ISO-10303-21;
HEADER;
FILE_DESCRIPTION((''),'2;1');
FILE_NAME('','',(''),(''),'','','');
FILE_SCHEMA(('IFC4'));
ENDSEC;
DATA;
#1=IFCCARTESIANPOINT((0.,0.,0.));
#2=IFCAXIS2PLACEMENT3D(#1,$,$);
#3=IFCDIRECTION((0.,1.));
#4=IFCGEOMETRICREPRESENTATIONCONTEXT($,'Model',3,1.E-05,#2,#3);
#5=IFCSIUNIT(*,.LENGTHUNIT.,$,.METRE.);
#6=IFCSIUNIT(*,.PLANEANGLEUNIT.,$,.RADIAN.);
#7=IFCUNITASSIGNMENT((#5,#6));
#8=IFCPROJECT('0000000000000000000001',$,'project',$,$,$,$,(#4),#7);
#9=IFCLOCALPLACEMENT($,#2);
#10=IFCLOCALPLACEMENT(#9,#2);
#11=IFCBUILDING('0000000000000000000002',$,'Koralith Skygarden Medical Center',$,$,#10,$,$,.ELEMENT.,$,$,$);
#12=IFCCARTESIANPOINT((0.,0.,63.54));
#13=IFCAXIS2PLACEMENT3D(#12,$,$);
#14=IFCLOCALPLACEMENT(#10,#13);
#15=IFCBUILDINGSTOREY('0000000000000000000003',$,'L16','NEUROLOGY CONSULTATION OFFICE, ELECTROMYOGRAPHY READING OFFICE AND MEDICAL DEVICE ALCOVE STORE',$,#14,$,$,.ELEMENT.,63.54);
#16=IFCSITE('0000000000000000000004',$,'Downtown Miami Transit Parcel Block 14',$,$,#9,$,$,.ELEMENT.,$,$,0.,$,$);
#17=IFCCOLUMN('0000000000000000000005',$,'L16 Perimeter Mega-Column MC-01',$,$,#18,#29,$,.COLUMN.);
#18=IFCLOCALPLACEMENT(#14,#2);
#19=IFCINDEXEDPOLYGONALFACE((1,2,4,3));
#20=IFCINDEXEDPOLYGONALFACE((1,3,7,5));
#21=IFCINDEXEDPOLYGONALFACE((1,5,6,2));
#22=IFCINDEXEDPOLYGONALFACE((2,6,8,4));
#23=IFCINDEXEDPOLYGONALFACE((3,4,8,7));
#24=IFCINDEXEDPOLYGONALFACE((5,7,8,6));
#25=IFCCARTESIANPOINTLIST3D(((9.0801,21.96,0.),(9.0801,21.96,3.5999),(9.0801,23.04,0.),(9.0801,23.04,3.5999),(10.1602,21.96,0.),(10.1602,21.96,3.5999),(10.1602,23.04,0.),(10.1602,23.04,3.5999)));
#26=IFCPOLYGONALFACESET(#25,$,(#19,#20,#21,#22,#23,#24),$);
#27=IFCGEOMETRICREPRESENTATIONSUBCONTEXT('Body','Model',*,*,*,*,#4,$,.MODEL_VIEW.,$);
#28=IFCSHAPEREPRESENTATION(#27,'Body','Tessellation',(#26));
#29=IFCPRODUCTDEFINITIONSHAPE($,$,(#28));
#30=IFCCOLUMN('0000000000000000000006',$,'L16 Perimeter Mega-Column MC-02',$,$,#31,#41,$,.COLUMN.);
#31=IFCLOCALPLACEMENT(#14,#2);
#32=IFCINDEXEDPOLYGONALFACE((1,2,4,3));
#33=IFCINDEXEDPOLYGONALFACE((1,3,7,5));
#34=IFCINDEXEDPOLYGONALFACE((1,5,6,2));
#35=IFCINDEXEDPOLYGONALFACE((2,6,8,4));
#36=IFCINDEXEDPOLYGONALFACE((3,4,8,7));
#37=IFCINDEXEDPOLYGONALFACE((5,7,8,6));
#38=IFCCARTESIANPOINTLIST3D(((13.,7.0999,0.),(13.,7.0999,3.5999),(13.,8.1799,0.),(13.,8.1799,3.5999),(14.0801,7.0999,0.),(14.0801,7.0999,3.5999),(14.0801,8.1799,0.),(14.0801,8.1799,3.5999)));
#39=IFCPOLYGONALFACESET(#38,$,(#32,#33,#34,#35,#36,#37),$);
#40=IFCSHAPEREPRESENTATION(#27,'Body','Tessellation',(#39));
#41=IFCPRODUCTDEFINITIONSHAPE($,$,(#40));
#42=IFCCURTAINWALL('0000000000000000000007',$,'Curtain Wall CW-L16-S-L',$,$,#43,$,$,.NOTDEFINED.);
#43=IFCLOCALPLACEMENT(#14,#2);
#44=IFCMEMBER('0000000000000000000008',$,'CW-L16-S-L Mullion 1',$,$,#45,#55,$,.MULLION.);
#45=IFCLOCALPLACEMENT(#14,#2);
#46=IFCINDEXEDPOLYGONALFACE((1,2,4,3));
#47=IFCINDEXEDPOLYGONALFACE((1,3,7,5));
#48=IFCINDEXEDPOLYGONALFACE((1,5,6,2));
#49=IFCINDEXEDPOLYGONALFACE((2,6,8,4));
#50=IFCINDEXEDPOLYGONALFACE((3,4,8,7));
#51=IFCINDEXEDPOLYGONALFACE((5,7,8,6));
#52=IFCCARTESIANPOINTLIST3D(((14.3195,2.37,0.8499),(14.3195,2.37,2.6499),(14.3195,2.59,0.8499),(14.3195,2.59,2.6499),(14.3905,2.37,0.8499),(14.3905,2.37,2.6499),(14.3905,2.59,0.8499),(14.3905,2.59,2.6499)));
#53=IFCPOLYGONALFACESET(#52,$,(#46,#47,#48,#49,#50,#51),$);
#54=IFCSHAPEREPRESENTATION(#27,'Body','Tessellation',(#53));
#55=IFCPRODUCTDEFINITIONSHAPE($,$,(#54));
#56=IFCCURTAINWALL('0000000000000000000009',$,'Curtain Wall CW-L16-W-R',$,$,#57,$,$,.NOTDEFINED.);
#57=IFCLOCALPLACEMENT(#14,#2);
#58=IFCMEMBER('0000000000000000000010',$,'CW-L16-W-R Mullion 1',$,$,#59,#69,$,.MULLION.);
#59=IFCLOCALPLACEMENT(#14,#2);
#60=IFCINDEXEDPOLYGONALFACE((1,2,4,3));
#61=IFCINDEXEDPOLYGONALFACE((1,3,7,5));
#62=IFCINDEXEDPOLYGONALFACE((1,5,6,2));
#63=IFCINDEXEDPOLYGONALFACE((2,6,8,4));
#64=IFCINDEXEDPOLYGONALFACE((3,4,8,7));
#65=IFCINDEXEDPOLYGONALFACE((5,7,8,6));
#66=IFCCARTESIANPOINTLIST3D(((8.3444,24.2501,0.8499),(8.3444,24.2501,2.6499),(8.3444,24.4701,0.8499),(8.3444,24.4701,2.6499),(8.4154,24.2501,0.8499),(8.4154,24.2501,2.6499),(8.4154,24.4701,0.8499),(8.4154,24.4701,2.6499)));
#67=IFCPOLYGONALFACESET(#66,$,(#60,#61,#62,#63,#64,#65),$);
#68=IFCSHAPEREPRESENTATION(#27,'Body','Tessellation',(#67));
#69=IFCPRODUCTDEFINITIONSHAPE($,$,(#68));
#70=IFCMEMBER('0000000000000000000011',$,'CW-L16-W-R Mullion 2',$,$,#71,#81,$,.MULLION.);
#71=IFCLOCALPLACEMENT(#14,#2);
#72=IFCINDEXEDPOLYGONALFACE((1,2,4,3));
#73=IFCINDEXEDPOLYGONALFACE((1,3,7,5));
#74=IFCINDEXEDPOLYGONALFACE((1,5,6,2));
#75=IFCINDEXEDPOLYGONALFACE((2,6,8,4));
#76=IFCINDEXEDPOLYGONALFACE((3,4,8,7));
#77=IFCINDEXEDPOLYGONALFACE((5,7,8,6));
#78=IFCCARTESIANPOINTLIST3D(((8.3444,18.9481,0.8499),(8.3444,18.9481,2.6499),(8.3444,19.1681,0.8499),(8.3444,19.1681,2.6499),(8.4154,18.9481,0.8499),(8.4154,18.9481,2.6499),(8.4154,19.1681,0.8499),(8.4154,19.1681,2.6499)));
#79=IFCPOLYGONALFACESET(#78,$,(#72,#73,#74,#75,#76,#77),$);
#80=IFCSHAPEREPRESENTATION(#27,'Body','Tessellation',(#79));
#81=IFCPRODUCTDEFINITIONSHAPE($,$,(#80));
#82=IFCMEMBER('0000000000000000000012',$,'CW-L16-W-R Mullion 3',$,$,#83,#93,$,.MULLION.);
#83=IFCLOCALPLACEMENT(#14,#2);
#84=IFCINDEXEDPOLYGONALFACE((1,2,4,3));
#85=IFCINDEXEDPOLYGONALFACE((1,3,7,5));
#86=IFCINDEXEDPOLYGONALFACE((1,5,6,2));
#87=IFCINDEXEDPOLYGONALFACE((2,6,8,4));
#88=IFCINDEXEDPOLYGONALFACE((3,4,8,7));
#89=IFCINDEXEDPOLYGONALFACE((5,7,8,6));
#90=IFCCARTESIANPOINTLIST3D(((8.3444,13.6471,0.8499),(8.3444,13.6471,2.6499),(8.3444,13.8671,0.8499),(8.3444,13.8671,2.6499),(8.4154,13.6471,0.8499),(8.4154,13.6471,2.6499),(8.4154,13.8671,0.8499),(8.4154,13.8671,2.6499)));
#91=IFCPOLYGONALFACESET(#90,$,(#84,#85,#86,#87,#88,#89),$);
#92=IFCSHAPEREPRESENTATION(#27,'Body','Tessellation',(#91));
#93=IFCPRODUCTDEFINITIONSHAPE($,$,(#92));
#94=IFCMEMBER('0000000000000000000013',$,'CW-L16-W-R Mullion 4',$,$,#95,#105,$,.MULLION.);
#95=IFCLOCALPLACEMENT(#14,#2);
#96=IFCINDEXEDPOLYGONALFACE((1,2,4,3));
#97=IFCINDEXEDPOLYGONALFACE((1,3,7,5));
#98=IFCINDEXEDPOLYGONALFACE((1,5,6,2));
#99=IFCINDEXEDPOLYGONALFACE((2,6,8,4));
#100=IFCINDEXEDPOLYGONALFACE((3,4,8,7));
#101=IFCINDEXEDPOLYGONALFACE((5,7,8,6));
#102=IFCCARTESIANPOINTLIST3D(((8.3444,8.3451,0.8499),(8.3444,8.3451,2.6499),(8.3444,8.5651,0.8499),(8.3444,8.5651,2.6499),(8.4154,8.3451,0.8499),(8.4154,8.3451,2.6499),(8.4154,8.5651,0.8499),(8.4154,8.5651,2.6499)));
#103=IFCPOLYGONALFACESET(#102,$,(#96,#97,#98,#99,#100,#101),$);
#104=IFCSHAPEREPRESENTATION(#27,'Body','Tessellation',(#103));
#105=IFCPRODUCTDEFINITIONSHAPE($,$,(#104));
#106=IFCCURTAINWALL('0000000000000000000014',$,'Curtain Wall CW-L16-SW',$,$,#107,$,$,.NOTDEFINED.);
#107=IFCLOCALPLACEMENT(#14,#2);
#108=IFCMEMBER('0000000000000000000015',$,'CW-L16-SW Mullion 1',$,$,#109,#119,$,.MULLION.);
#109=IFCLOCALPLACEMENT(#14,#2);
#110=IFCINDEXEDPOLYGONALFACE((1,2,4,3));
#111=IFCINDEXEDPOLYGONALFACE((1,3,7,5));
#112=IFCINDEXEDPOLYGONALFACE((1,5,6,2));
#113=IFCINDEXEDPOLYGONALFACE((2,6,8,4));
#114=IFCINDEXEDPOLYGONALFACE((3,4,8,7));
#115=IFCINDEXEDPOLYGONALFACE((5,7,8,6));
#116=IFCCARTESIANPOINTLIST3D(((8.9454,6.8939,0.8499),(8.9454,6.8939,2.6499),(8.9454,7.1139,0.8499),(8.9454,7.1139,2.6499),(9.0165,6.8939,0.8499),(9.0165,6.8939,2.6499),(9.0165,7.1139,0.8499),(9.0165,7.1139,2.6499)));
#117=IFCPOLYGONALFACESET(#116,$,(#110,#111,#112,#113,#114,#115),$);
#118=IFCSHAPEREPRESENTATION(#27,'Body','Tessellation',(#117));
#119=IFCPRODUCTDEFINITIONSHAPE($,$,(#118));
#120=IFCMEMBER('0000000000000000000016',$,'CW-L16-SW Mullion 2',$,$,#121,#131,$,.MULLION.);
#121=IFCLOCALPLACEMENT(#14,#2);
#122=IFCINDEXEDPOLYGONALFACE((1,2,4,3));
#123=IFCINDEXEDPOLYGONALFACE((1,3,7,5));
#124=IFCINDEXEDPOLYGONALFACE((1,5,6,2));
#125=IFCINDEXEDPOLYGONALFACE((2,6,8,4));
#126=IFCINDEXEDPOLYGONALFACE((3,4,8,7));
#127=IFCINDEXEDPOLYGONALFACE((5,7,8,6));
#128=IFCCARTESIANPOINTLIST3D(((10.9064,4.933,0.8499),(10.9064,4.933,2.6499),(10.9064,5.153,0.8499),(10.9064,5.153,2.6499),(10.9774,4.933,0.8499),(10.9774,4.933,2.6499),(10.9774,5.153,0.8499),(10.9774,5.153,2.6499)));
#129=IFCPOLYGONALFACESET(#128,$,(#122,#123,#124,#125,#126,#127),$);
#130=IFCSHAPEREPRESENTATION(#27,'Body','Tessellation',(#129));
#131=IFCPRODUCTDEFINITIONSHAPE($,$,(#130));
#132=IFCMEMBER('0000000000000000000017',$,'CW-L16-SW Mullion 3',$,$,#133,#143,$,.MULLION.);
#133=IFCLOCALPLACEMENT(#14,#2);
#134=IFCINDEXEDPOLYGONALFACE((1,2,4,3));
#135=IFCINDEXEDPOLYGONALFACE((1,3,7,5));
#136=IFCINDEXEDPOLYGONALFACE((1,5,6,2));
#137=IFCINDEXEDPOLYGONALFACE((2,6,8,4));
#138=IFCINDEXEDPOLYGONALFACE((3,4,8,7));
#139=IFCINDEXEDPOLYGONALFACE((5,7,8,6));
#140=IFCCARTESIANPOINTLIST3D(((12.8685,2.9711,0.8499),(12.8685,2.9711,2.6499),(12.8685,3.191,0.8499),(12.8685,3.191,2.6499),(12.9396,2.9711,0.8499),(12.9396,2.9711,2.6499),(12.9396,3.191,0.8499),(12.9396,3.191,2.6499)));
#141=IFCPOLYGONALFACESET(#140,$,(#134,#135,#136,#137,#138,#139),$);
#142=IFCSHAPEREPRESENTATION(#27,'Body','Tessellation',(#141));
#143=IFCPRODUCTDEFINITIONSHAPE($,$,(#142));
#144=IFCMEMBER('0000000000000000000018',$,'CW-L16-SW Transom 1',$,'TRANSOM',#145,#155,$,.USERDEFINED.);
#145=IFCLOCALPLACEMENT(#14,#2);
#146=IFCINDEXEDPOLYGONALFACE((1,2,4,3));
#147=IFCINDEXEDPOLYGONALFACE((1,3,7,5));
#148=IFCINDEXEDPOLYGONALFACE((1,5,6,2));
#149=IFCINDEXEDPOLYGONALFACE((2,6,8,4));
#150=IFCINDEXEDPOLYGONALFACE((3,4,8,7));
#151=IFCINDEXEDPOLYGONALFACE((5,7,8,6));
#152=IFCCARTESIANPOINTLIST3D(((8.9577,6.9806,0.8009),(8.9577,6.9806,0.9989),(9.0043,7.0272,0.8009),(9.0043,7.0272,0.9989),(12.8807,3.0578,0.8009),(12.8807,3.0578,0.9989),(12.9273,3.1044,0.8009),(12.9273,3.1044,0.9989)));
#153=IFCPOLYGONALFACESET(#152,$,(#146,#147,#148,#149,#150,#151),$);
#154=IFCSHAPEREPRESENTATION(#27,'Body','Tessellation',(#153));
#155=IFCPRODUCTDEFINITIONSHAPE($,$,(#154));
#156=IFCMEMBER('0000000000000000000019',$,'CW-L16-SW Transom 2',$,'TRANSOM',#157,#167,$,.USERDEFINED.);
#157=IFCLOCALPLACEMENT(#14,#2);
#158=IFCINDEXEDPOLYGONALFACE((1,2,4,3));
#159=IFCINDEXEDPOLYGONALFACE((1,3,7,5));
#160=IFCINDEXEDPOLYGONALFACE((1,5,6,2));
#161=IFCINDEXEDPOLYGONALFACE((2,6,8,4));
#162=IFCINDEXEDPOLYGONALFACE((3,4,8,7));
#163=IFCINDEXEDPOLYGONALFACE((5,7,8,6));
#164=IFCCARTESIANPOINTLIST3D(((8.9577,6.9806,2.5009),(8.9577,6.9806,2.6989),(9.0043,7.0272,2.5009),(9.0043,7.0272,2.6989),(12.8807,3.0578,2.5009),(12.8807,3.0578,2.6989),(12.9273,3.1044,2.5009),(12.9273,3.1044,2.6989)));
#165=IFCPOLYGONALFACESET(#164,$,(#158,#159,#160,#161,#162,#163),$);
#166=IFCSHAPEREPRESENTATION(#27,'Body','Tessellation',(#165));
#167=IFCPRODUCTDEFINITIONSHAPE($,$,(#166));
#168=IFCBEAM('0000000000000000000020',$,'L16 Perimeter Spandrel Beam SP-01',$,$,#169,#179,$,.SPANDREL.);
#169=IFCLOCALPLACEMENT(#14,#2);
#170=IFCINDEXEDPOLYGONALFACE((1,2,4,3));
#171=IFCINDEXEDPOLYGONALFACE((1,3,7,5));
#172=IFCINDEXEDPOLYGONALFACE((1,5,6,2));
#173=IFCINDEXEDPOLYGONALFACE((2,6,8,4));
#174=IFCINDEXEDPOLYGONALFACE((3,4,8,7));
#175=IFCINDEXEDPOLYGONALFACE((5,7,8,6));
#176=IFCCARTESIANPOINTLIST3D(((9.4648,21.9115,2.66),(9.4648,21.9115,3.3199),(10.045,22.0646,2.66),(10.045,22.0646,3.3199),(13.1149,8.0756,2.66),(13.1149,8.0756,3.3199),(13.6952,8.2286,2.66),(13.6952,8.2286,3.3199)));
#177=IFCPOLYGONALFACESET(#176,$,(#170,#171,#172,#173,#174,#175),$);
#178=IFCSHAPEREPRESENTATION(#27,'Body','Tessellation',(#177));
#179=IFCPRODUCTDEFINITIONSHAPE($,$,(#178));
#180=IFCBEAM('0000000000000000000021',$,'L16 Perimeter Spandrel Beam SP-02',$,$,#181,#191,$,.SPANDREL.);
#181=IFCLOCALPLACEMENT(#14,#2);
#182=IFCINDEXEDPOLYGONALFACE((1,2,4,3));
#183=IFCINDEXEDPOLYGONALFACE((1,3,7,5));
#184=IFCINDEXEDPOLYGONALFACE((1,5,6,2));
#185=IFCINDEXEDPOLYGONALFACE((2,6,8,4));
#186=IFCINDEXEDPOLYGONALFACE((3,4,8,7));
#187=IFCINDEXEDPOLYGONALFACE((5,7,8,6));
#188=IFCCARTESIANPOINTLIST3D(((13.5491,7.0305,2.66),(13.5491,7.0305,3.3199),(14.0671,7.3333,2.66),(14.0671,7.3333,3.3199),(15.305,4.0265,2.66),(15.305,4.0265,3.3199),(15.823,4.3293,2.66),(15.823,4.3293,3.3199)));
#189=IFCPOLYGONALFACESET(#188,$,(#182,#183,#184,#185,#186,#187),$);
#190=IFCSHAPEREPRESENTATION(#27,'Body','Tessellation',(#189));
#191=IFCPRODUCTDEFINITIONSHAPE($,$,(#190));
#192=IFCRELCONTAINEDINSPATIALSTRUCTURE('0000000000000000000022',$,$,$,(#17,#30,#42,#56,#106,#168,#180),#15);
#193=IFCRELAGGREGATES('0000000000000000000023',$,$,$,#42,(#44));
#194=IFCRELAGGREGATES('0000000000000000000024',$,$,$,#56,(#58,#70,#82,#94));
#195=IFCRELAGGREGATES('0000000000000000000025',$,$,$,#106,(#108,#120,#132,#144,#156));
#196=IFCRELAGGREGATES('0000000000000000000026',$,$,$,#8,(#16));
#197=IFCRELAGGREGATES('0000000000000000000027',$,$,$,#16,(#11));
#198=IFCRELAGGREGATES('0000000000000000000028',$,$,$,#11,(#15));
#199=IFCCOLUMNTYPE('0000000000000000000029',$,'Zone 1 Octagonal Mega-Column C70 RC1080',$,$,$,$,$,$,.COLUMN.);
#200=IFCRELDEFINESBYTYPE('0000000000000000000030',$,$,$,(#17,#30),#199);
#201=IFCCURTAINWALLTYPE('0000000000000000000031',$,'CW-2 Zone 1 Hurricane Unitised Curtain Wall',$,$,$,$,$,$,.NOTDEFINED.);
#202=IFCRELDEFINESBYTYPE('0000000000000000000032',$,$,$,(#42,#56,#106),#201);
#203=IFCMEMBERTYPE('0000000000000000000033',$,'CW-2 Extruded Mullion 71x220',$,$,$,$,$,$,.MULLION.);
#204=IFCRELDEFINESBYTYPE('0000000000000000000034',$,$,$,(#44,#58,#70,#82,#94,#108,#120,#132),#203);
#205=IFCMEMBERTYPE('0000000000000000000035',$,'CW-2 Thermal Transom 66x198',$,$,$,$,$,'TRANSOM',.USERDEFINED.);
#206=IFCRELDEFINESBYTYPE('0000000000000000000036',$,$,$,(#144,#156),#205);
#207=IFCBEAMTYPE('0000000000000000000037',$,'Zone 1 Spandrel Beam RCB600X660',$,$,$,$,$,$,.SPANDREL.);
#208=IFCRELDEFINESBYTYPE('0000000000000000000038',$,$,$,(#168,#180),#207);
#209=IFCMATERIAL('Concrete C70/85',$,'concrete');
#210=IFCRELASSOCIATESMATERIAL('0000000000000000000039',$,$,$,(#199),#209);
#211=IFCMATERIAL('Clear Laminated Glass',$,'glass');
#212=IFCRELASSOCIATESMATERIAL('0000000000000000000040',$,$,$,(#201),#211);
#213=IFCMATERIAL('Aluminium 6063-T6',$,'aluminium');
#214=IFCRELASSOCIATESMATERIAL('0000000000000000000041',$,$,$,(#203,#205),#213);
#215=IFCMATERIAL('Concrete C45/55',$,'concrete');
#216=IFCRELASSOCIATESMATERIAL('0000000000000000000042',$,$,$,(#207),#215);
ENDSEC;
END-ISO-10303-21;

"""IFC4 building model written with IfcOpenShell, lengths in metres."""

from ifc_helpers import new_model, si_unit, direction, frame, origin, origin_2d, place, context, subcontext, project, spatial, rectangle, extrude, material, material_profile, profile_set, type_object, element, aggregate, save


model = new_model("IFC4")

# Units and contexts
model_context = context("Model", 3, precision=1e-05, world=origin(), true_north=direction((0.0, 1.0)))
body_context = subcontext(model_context, "Body", "Model", "MODEL_VIEW")
ifc_project = project(units=[si_unit("LENGTHUNIT", "METRE"), si_unit("PLANEANGLEUNIT", "RADIAN")], contexts=[model_context])

# Site, building, storey
site_placement = place(None, origin())
site = spatial("IfcSite", under=ifc_project, at=site_placement, Name="Downtown Miami Transit Parcel Block 14", CompositionType="ELEMENT", RefElevation=0.0)
building_placement = place(site_placement, origin())
building = spatial("IfcBuilding", under=site, at=building_placement, Name="Koralith Skygarden Medical Center", CompositionType="ELEMENT")
storey_placement = place(building_placement, frame((0.0, 0.0, 63.54)))
storey = spatial("IfcBuildingStorey", under=building, at=storey_placement, Name="L16", Description="NEUROLOGY CONSULTATION OFFICE, ELECTROMYOGRAPHY READING OFFICE AND MEDICAL DEVICE ALCOVE STORE", CompositionType="ELEMENT", Elevation=63.54)

# Columns
ifc_material_1 = material(Name="Concrete C70/85", Category="concrete")
ifc_material_profile_1 = material_profile(ifc_material_1, rectangle(XDim=1.0801, YDim=1.0801, at=origin_2d()), Name="RC1080X1080")
ifc_profile_set_1 = profile_set([ifc_material_profile_1], Name="Concrete C70/85")
column_type = type_object("IfcColumnType", Name="Zone 1 Octagonal Mega-Column C70 RC1080", PredefinedType="COLUMN", material=ifc_profile_set_1)
for number, where, z_axis, x_axis, name in (
    (1, (9.6201, 22.5, 0.0), (0.0, 0.0, 1.0), (1.0, 0.0, 0.0), "L16 Perimeter Mega-Column MC-01"),
    (2, (13.54, 7.6399, 0.0), (0.0, 0.0, 1.0), (1.0, 0.0, 0.0), "L16 Perimeter Mega-Column MC-02"),
):
    element("IfcColumn", number, at=place(storey_placement, frame(where, z_axis=z_axis, x_axis=x_axis)), inside=storey, type_object=column_type, Name=name, PredefinedType="COLUMN", context=body_context, shape_type="SweptSolid", body=[
        extrude(rectangle(XDim=1.0801, YDim=1.0801, at=origin_2d()), origin(), (0.0, 0.0, 1.0), 3.5999),
    ])

# Curtain wall, member
ifc_material_2 = material(Name="Clear Laminated Glass", Category="glass")
curtain_wall_type = type_object("IfcCurtainWallType", Name="CW-2 Zone 1 Hurricane Unitised Curtain Wall", PredefinedType="NOTDEFINED", material=ifc_material_2)
curtain_wall_1_placement = place(storey_placement, origin())
curtain_wall_1 = element("IfcCurtainWall", 3, at=curtain_wall_1_placement, inside=storey, type_object=curtain_wall_type, Name="Curtain Wall CW-L16-S-L", PredefinedType="NOTDEFINED")
ifc_material_3 = material(Name="Aluminium 6063-T6", Category="aluminium")
ifc_material_profile_2 = material_profile(ifc_material_3, rectangle(XDim=0.071, YDim=0.22, at=origin_2d()), Name="MUL71X220")
ifc_profile_set_2 = profile_set([ifc_material_profile_2], Name="Aluminium 6063-T6")
member_type_1 = type_object("IfcMemberType", Name="CW-2 Extruded Mullion 71x220", PredefinedType="MULLION", material=ifc_profile_set_2)
member_1_placement = place(storey_placement, frame((14.355, 2.48, 0.8499), z_axis=(0.0, 0.0, 1.0), x_axis=(1.0, 0.0, 0.0)))
member_1 = element("IfcMember", 4, at=member_1_placement, type_object=member_type_1, Name="CW-L16-S-L Mullion 1", PredefinedType="MULLION", context=body_context, shape_type="SweptSolid", body=[
    extrude(rectangle(XDim=0.071, YDim=0.22, at=origin_2d()), origin(), (0.0, 0.0, 1.0), 1.8),
])
aggregate(curtain_wall_1, [member_1])

# Curtain walls, members
curtain_wall_2_placement = place(storey_placement, origin())
curtain_wall_2 = element("IfcCurtainWall", 5, at=curtain_wall_2_placement, inside=storey, type_object=curtain_wall_type, Name="Curtain Wall CW-L16-W-R", PredefinedType="NOTDEFINED")
member_2_placement = place(storey_placement, frame((8.3799, 24.3601, 0.8499), z_axis=(0.0, 0.0, 1.0), x_axis=(1.0, 0.0, 0.0)))
member_2 = element("IfcMember", 6, at=member_2_placement, type_object=member_type_1, Name="CW-L16-W-R Mullion 1", PredefinedType="MULLION", context=body_context, shape_type="SweptSolid", body=[
    extrude(rectangle(XDim=0.071, YDim=0.22, at=origin_2d()), origin(), (0.0, 0.0, 1.0), 1.8),
])
member_3_placement = place(storey_placement, frame((8.3799, 19.0581, 0.8499), z_axis=(0.0, 0.0, 1.0), x_axis=(1.0, 0.0, 0.0)))
member_3 = element("IfcMember", 7, at=member_3_placement, type_object=member_type_1, Name="CW-L16-W-R Mullion 2", PredefinedType="MULLION", context=body_context, shape_type="SweptSolid", body=[
    extrude(rectangle(XDim=0.071, YDim=0.22, at=origin_2d()), origin(), (0.0, 0.0, 1.0), 1.8),
])
member_4_placement = place(storey_placement, frame((8.3799, 13.7571, 0.8499), z_axis=(0.0, 0.0, 1.0), x_axis=(1.0, 0.0, 0.0)))
member_4 = element("IfcMember", 8, at=member_4_placement, type_object=member_type_1, Name="CW-L16-W-R Mullion 3", PredefinedType="MULLION", context=body_context, shape_type="SweptSolid", body=[
    extrude(rectangle(XDim=0.071, YDim=0.22, at=origin_2d()), origin(), (0.0, 0.0, 1.0), 1.8),
])
member_5_placement = place(storey_placement, frame((8.3799, 8.4551, 0.8499), z_axis=(0.0, 0.0, 1.0), x_axis=(1.0, 0.0, 0.0)))
member_5 = element("IfcMember", 9, at=member_5_placement, type_object=member_type_1, Name="CW-L16-W-R Mullion 4", PredefinedType="MULLION", context=body_context, shape_type="SweptSolid", body=[
    extrude(rectangle(XDim=0.071, YDim=0.22, at=origin_2d()), origin(), (0.0, 0.0, 1.0), 1.8),
])
curtain_wall_3_placement = place(storey_placement, origin())
curtain_wall_3 = element("IfcCurtainWall", 10, at=curtain_wall_3_placement, inside=storey, type_object=curtain_wall_type, Name="Curtain Wall CW-L16-SW", PredefinedType="NOTDEFINED")
member_6_placement = place(storey_placement, frame((8.981, 7.0039, 0.8499), z_axis=(0.0, 0.0, 1.0), x_axis=(1.0, 0.0, 0.0)))
member_6 = element("IfcMember", 11, at=member_6_placement, type_object=member_type_1, Name="CW-L16-SW Mullion 1", PredefinedType="MULLION", context=body_context, shape_type="SweptSolid", body=[
    extrude(rectangle(XDim=0.071, YDim=0.22, at=origin_2d()), origin(), (0.0, 0.0, 1.0), 1.8),
])
member_7_placement = place(storey_placement, frame((10.9419, 5.043, 0.8499), z_axis=(0.0, 0.0, 1.0), x_axis=(1.0, 0.0, 0.0)))
member_7 = element("IfcMember", 12, at=member_7_placement, type_object=member_type_1, Name="CW-L16-SW Mullion 2", PredefinedType="MULLION", context=body_context, shape_type="SweptSolid", body=[
    extrude(rectangle(XDim=0.071, YDim=0.22, at=origin_2d()), origin(), (0.0, 0.0, 1.0), 1.8),
])
member_8_placement = place(storey_placement, frame((12.9041, 3.0811, 0.8499), z_axis=(0.0, 0.0, 1.0), x_axis=(1.0, 0.0, 0.0)))
member_8 = element("IfcMember", 13, at=member_8_placement, type_object=member_type_1, Name="CW-L16-SW Mullion 3", PredefinedType="MULLION", context=body_context, shape_type="SweptSolid", body=[
    extrude(rectangle(XDim=0.071, YDim=0.22, at=origin_2d()), origin(), (0.0, 0.0, 1.0), 1.8),
])
ifc_material_profile_3 = material_profile(ifc_material_3, rectangle(XDim=0.0659, YDim=0.198, at=origin_2d()), Name="TRN66X198")
ifc_profile_set_3 = profile_set([ifc_material_profile_3], Name="Aluminium 6063-T6")
member_type_2 = type_object("IfcMemberType", Name="CW-2 Thermal Transom 66x198", ElementType="TRANSOM", PredefinedType="USERDEFINED", material=ifc_profile_set_3)
member_9_placement = place(storey_placement, frame((8.981, 7.0039, 0.8999), z_axis=(0.707129, -0.707085, 0.0), x_axis=(0.707085, 0.707129, 0.0)))
member_9 = element("IfcMember", 14, at=member_9_placement, type_object=member_type_2, Name="CW-L16-SW Transom 1", ObjectType="TRANSOM", PredefinedType="USERDEFINED", context=body_context, shape_type="SweptSolid", body=[
    extrude(rectangle(XDim=0.0659, YDim=0.198, at=origin_2d()), origin(), (0.0, 0.0, 1.0), 5.5479),
])
member_10_placement = place(storey_placement, frame((8.981, 7.0039, 2.5999), z_axis=(0.707129, -0.707085, 0.0), x_axis=(0.707085, 0.707129, 0.0)))
member_10 = element("IfcMember", 15, at=member_10_placement, type_object=member_type_2, Name="CW-L16-SW Transom 2", ObjectType="TRANSOM", PredefinedType="USERDEFINED", context=body_context, shape_type="SweptSolid", body=[
    extrude(rectangle(XDim=0.0659, YDim=0.198, at=origin_2d()), origin(), (0.0, 0.0, 1.0), 5.5479),
])

# Beams
ifc_material_4 = material(Name="Concrete C45/55", Category="concrete")
ifc_material_profile_4 = material_profile(ifc_material_4, rectangle(XDim=0.6001, YDim=0.6599, at=origin_2d()), Name="RCB600X660")
ifc_profile_set_4 = profile_set([ifc_material_profile_4], Name="Concrete C45/55")
beam_type = type_object("IfcBeamType", Name="Zone 1 Spandrel Beam RCB600X660", PredefinedType="SPANDREL", material=ifc_profile_set_4)
beam_1_placement = place(storey_placement, frame((9.7549, 21.988, 2.99), z_axis=(0.255089, -0.966918, 0.0), x_axis=(0.966918, 0.255089, 0.0)))
element("IfcBeam", 16, at=beam_1_placement, inside=storey, type_object=beam_type, Name="L16 Perimeter Spandrel Beam SP-01", PredefinedType="SPANDREL", context=body_context, shape_type="SweptSolid", body=[
    extrude(rectangle(XDim=0.6001, YDim=0.6599, at=origin_2d()), origin(), (0.0, 0.0, 1.0), 14.3093),
])
beam_2_placement = place(storey_placement, frame((13.8081, 7.1819, 2.99), z_axis=(0.504639, -0.863331, 0.0), x_axis=(0.863331, 0.504639, 0.0)))
element("IfcBeam", 17, at=beam_2_placement, inside=storey, type_object=beam_type, Name="L16 Perimeter Spandrel Beam SP-02", PredefinedType="SPANDREL", context=body_context, shape_type="SweptSolid", body=[
    extrude(rectangle(XDim=0.6001, YDim=0.6599, at=origin_2d()), origin(), (0.0, 0.0, 1.0), 3.4795),
])

aggregate(curtain_wall_2, [member_2, member_3, member_4, member_5])
aggregate(curtain_wall_3, [member_6, member_7, member_8, member_9, member_10])

save(model, "model.ifc")
